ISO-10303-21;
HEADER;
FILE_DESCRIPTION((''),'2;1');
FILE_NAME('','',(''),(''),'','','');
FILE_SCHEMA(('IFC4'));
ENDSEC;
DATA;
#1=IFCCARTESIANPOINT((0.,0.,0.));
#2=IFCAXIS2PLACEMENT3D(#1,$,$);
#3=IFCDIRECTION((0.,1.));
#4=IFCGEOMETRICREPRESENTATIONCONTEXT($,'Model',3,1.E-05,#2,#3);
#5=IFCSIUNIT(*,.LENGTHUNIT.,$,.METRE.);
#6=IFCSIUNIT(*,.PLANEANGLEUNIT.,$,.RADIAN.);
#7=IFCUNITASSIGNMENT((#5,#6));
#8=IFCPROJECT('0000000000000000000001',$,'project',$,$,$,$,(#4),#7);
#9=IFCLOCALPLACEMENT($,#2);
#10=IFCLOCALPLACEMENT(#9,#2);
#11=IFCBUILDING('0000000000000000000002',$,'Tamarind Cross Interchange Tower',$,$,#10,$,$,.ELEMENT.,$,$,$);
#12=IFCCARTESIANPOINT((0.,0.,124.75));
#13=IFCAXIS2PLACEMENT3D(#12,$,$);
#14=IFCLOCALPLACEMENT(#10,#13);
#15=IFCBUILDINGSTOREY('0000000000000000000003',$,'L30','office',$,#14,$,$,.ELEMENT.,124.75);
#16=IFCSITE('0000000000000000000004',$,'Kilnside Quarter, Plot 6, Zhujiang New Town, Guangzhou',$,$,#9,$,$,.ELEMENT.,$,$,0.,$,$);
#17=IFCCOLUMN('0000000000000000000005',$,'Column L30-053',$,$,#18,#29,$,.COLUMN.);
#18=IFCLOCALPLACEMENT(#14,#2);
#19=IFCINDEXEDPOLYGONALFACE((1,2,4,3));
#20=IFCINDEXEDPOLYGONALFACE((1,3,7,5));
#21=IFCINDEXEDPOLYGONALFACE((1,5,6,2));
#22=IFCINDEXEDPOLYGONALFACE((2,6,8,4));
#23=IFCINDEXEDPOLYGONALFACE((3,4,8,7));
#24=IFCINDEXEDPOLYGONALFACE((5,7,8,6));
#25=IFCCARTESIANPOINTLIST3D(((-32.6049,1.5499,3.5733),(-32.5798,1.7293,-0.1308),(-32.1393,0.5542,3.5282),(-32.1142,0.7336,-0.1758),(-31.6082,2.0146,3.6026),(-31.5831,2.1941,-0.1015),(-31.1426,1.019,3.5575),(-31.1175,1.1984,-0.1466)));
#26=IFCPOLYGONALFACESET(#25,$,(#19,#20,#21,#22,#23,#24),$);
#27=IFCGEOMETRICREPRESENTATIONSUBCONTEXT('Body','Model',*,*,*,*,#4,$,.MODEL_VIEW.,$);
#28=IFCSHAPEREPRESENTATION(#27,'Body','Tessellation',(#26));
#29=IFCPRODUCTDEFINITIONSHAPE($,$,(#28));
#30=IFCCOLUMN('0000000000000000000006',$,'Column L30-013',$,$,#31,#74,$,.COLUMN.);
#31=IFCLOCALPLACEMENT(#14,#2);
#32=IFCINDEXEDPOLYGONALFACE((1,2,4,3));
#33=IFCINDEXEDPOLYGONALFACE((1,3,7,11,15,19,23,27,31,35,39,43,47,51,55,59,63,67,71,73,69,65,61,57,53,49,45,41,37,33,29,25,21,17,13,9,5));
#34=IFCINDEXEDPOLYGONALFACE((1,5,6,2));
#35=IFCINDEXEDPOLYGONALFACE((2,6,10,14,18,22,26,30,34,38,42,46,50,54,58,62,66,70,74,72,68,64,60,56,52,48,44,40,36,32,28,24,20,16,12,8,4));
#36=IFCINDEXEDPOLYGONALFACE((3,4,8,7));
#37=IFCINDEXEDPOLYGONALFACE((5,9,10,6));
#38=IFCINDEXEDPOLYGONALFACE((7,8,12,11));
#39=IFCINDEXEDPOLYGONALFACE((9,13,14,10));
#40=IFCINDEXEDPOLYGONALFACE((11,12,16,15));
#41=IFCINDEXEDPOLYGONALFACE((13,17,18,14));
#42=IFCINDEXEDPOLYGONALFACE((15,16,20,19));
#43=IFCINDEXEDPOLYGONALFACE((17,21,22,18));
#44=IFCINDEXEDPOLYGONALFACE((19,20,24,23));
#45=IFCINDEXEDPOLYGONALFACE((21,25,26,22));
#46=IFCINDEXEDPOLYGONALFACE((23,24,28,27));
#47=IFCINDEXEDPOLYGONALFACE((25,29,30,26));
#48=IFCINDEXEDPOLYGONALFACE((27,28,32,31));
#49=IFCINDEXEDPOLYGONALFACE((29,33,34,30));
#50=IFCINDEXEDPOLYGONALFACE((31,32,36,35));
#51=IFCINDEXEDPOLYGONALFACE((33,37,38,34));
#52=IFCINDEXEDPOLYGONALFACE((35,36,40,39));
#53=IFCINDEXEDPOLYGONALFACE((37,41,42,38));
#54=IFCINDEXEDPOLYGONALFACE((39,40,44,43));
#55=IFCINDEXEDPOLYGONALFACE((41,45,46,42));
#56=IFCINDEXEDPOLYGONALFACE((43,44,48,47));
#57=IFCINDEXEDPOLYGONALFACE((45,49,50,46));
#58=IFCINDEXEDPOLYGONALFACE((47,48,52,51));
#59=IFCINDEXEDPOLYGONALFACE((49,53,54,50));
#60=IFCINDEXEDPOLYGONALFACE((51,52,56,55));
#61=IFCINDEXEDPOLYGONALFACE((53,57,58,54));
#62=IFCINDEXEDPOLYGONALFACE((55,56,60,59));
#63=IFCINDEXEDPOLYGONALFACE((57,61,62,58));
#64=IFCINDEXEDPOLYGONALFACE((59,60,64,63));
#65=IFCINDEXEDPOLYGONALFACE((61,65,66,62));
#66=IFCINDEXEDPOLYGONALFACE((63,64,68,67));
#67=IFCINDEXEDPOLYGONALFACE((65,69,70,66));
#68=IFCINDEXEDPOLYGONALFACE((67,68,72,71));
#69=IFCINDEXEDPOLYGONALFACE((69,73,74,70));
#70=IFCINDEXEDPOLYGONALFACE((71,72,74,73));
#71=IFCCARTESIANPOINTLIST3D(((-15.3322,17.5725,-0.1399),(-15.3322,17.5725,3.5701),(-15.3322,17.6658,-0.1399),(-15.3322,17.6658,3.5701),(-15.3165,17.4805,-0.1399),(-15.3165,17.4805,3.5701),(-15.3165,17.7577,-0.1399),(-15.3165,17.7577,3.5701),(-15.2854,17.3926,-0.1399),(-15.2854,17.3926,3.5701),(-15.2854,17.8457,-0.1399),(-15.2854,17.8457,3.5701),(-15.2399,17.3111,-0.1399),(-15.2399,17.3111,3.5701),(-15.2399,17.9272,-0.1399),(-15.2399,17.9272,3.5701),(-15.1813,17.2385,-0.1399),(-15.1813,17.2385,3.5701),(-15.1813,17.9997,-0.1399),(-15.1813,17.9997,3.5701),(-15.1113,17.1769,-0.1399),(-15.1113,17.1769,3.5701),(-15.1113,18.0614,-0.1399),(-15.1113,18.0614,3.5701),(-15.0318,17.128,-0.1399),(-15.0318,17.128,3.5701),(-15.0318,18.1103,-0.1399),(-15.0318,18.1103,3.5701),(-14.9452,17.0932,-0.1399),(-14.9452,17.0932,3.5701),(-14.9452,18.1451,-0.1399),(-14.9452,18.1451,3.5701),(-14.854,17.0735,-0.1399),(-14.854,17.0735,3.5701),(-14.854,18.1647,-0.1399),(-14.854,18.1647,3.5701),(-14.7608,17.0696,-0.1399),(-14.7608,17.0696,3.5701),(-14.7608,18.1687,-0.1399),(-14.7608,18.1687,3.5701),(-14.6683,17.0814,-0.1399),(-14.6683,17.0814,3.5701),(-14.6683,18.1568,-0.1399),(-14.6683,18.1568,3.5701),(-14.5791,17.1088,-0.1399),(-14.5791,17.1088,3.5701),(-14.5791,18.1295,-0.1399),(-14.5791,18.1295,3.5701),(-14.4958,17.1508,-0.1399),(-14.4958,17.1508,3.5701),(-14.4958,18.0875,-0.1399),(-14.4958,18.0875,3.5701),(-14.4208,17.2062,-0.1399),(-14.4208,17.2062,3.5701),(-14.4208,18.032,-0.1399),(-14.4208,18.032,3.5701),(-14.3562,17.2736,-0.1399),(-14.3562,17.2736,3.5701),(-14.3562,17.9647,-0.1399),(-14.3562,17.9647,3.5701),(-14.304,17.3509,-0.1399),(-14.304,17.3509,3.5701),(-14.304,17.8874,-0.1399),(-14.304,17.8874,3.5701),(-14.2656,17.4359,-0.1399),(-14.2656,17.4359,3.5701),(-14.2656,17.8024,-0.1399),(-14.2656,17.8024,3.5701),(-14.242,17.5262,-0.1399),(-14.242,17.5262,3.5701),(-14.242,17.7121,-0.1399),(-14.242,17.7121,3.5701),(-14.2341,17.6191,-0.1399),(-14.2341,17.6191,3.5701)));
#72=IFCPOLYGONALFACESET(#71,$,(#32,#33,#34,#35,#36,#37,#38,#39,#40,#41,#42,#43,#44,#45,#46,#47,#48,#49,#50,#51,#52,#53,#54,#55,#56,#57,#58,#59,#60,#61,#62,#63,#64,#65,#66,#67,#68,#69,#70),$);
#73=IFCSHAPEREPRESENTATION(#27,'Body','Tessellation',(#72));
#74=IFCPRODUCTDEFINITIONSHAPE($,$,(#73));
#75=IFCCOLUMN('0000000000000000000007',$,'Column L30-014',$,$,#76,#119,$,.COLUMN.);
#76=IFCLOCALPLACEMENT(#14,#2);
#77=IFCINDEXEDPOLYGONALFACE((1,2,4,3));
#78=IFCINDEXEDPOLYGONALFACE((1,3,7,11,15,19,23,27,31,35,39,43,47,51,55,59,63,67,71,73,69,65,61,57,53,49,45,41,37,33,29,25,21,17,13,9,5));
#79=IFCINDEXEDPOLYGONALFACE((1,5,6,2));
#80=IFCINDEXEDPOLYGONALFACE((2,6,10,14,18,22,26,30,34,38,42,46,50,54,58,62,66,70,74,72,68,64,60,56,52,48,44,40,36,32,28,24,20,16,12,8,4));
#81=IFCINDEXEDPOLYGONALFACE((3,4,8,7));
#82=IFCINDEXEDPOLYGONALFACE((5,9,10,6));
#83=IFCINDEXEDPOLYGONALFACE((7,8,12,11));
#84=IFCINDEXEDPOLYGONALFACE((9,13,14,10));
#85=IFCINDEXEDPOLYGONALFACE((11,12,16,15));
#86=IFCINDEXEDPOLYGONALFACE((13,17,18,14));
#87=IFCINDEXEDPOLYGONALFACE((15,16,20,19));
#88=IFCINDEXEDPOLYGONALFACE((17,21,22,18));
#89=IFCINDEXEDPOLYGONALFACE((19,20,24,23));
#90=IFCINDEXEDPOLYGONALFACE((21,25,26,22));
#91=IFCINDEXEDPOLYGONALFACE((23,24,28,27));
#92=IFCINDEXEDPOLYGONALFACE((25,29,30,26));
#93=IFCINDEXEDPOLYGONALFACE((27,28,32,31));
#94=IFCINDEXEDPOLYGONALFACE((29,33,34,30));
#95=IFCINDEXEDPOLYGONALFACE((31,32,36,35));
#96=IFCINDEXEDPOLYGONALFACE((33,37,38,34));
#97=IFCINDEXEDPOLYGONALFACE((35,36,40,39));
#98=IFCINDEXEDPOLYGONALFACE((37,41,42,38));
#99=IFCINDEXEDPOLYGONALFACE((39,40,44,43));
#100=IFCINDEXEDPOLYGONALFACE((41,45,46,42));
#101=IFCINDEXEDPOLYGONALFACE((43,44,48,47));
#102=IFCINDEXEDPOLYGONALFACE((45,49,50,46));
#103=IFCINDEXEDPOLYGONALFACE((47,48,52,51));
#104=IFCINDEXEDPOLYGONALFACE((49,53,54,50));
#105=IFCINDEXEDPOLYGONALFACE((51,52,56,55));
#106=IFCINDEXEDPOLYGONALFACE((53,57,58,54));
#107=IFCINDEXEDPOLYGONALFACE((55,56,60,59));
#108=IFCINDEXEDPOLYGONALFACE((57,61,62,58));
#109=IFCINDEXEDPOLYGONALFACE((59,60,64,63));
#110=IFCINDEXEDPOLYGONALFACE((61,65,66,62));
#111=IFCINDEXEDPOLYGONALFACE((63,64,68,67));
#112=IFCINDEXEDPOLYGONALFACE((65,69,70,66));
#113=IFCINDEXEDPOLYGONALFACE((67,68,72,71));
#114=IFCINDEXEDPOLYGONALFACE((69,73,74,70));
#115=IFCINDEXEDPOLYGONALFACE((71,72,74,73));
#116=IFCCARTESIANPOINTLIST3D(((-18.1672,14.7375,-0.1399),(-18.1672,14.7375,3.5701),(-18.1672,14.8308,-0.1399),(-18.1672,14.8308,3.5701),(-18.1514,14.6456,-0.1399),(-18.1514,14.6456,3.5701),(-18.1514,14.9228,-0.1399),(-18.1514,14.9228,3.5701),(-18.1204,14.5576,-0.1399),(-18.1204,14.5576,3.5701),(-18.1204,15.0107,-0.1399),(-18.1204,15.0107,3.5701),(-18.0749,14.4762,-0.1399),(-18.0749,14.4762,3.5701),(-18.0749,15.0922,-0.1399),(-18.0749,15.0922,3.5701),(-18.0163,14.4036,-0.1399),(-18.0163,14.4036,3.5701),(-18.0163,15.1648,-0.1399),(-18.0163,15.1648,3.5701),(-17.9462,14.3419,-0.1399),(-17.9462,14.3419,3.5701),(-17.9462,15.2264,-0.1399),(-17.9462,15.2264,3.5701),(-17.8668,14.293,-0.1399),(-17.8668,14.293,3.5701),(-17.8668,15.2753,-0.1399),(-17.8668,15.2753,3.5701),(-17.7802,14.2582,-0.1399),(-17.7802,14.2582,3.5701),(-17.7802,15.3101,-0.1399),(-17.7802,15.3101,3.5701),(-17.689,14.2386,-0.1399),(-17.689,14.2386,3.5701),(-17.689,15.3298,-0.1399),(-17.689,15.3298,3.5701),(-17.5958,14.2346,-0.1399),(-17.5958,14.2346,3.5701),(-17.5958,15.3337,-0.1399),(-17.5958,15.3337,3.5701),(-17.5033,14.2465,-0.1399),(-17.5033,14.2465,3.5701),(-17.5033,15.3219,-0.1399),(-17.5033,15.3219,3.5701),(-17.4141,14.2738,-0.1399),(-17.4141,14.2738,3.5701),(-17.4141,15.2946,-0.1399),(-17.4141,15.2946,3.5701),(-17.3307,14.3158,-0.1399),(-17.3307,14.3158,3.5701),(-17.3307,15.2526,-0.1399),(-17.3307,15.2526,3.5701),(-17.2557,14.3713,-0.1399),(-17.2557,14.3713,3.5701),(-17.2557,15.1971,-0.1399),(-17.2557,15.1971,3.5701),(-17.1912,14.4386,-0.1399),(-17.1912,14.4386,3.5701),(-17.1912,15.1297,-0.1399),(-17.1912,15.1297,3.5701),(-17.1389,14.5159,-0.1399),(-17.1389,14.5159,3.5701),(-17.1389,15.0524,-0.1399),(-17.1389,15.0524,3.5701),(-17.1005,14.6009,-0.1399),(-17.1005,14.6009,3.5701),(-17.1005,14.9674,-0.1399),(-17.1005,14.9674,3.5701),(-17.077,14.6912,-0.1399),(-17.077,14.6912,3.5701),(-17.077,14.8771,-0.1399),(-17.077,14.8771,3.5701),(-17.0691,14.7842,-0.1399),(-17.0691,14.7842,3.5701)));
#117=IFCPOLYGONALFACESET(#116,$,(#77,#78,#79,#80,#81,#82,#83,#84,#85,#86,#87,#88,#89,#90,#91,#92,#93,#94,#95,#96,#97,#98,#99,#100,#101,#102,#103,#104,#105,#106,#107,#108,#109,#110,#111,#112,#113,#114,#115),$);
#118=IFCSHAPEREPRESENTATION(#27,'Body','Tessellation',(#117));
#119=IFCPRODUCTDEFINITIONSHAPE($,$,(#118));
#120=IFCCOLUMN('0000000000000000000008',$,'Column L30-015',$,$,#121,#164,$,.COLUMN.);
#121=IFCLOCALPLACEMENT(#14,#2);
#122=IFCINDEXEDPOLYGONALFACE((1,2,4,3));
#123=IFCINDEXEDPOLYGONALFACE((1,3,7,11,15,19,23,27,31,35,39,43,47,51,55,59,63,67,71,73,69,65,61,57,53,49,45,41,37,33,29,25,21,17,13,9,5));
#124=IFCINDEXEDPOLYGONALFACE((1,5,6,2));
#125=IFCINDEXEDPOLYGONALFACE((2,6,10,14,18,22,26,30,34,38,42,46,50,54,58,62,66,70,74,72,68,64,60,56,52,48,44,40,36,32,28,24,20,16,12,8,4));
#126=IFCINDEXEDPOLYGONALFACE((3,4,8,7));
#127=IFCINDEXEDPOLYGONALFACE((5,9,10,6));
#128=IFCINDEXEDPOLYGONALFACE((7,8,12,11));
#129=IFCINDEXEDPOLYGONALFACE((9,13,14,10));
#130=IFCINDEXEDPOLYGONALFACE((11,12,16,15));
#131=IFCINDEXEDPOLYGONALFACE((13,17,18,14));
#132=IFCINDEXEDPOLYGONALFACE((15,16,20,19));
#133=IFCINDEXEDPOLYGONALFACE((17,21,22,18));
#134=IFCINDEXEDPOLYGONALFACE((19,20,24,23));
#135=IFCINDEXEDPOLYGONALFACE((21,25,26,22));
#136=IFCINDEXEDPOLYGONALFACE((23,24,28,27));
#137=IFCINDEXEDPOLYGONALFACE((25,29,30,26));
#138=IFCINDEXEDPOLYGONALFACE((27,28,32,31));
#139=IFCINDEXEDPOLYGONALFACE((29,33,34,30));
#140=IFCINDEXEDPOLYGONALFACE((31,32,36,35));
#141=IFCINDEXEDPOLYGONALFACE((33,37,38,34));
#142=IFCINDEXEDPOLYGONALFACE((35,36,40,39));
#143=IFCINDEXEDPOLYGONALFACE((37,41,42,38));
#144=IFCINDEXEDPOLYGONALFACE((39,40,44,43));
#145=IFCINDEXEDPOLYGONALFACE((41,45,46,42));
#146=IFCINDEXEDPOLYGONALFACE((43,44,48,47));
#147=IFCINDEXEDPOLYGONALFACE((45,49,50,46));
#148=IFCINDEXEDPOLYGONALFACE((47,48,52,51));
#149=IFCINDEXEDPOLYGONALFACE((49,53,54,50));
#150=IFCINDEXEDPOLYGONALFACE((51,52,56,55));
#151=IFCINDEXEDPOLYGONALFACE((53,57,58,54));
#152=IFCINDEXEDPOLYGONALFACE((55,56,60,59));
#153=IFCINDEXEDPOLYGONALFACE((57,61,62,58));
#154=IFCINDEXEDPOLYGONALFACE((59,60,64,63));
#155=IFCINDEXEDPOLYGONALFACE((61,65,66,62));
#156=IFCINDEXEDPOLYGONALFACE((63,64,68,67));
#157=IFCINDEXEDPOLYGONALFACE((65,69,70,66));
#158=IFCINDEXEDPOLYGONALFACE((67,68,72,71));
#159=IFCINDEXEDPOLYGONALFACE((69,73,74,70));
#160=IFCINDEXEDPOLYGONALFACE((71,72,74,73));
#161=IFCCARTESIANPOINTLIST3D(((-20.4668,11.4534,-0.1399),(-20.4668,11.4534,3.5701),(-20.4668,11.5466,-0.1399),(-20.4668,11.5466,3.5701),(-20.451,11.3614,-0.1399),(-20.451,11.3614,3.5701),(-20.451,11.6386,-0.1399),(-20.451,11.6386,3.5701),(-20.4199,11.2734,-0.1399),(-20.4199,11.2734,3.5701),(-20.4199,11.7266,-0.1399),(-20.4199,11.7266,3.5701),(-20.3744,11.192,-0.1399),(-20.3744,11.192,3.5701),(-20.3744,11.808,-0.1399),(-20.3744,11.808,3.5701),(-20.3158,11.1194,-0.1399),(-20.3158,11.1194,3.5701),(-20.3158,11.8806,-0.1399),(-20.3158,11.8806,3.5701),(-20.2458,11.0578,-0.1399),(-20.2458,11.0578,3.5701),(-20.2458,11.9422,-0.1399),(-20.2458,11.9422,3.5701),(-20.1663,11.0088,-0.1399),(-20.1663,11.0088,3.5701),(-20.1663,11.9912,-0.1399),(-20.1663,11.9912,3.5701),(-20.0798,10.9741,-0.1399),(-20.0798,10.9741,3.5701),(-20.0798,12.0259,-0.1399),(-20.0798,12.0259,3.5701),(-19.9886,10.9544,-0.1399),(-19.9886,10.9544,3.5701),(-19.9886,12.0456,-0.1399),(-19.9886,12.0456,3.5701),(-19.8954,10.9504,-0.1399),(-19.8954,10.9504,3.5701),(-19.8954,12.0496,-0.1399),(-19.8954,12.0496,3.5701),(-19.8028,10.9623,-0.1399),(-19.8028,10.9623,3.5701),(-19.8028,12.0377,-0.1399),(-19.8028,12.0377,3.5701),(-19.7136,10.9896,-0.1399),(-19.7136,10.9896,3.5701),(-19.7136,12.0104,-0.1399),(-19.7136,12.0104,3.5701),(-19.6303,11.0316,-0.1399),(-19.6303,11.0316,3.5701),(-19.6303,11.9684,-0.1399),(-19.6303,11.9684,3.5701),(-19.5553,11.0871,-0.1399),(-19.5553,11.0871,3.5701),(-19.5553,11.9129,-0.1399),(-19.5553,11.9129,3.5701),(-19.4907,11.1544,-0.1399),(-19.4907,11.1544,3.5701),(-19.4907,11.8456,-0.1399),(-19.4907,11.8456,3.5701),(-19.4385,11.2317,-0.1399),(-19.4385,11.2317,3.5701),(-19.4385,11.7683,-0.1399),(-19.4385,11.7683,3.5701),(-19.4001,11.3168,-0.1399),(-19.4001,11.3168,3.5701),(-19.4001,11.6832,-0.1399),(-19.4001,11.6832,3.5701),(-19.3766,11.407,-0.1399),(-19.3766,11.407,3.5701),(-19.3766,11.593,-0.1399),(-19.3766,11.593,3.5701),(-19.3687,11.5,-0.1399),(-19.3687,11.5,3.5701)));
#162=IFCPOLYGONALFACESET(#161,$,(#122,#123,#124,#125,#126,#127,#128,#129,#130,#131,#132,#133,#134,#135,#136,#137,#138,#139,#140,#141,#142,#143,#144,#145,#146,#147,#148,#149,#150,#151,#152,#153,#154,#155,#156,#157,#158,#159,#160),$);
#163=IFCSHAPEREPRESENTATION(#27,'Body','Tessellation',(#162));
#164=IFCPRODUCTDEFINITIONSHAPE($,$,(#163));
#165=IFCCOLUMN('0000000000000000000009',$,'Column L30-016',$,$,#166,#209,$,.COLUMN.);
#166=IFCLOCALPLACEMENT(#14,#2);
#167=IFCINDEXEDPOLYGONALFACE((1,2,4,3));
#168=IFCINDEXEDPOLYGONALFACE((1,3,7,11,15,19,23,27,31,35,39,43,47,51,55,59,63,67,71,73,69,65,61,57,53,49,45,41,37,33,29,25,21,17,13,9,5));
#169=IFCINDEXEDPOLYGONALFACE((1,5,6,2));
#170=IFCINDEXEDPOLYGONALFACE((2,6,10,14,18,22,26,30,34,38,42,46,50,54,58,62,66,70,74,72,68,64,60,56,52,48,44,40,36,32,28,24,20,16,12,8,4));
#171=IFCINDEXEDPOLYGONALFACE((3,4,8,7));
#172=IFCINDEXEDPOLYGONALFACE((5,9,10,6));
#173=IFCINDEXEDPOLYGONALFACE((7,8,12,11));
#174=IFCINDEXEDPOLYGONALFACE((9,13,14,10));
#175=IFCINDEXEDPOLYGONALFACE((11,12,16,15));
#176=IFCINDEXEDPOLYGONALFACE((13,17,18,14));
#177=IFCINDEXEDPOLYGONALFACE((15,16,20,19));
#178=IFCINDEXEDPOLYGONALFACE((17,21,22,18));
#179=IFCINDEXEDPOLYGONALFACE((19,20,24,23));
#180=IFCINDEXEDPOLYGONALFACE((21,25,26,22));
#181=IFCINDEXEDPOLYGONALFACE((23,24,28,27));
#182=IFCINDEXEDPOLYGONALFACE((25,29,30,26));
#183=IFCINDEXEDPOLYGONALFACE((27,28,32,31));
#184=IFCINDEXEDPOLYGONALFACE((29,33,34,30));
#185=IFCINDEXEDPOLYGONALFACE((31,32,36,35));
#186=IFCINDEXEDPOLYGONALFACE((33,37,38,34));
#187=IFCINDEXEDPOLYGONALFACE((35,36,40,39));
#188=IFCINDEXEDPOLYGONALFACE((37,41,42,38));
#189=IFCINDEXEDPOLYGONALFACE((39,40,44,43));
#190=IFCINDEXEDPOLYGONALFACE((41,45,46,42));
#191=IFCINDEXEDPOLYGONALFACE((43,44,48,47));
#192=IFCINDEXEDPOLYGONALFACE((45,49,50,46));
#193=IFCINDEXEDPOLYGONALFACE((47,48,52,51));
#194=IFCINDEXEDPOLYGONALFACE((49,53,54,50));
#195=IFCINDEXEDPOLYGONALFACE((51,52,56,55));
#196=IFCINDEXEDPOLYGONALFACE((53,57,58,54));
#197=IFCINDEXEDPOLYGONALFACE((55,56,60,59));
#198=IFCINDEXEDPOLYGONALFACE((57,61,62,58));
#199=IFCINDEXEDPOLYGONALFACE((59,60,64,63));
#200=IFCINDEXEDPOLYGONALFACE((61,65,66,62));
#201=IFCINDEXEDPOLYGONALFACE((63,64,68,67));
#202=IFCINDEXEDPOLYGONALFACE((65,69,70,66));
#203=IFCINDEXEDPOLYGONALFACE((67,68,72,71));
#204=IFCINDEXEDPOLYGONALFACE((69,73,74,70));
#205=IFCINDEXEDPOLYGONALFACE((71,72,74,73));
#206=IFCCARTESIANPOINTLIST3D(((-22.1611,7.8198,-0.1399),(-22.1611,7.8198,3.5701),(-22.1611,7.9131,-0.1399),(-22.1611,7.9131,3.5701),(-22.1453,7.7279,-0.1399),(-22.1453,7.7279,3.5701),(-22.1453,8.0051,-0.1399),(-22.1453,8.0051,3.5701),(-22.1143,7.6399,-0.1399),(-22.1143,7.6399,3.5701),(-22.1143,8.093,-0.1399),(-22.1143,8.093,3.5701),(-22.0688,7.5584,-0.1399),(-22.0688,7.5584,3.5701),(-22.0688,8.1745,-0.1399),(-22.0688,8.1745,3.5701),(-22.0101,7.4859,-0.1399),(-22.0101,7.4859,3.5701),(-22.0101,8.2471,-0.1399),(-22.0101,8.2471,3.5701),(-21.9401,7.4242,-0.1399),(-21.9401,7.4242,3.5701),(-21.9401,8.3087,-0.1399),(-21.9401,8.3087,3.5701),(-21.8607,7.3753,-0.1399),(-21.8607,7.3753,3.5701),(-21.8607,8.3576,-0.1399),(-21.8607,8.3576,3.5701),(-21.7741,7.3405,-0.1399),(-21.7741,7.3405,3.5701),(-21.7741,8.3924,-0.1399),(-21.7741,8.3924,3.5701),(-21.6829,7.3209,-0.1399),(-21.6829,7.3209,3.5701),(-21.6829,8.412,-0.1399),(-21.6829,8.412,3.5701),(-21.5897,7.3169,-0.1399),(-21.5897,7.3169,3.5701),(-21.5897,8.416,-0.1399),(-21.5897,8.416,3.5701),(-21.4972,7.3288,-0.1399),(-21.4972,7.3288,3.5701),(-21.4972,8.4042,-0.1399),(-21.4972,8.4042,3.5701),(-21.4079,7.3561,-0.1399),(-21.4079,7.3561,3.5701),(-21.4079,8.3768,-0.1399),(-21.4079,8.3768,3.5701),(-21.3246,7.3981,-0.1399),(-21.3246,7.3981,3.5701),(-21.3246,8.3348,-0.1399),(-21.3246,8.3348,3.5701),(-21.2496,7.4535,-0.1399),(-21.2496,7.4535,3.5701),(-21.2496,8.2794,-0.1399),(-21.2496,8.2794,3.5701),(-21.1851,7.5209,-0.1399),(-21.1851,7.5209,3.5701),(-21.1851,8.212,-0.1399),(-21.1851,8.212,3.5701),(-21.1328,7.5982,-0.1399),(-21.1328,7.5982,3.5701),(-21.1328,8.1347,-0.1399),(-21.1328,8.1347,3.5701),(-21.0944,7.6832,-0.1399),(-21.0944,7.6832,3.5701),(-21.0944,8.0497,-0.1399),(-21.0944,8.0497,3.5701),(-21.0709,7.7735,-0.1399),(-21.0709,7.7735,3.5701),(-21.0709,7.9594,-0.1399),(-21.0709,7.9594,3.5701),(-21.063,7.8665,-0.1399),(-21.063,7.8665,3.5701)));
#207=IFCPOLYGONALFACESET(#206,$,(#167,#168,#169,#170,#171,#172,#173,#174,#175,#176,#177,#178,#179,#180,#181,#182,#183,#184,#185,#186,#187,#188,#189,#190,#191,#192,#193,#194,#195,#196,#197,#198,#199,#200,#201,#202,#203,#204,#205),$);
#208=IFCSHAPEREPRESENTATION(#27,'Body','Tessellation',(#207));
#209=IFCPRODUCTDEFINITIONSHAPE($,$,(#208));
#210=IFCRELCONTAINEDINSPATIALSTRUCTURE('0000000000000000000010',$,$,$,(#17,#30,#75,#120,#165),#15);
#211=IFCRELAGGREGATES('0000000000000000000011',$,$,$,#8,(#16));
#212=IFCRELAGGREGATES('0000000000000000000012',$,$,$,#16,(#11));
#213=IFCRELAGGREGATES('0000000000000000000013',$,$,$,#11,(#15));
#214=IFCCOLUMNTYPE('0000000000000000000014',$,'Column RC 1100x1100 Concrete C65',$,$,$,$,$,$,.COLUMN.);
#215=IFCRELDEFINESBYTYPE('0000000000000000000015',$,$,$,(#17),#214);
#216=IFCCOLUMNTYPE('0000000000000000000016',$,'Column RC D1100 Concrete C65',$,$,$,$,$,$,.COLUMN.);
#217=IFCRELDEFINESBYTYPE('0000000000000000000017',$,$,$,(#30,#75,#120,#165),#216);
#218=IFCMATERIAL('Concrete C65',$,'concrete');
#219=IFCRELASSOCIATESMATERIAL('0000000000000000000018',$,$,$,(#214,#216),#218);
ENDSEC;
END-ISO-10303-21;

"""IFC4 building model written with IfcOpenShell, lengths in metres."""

from ifc_helpers import new_model, si_unit, direction, frame, origin, origin_2d, place, context, subcontext, project, spatial, rectangle, circle, extrude, material, material_profile, profile_set, type_object, element, save


model = new_model("IFC4")

# Units and contexts
model_context = context("Model", 3, precision=1e-05, world=origin(), true_north=direction((0.0, 1.0)))
body_context = subcontext(model_context, "Body", "Model", "MODEL_VIEW")
ifc_project = project(units=[si_unit("LENGTHUNIT", "METRE"), si_unit("PLANEANGLEUNIT", "RADIAN")], contexts=[model_context])

# Site, building, storey
site_placement = place(None, origin())
site = spatial("IfcSite", under=ifc_project, at=site_placement, Name="Kilnside Quarter, Plot 6, Zhujiang New Town, Guangzhou", CompositionType="ELEMENT", RefElevation=0.0)
building_placement = place(site_placement, origin())
building = spatial("IfcBuilding", under=site, at=building_placement, Name="Tamarind Cross Interchange Tower", CompositionType="ELEMENT")
storey_placement = place(building_placement, frame((0.0, 0.0, 124.75)))
storey = spatial("IfcBuildingStorey", under=building, at=storey_placement, Name="L30", Description="office", CompositionType="ELEMENT", Elevation=124.75)

# Columns
ifc_material_1 = material(Name="Concrete C65", Category="concrete")
ifc_material_profile_1 = material_profile(ifc_material_1, rectangle(XDim=1.1001, YDim=1.1001, at=origin_2d()), Name="RC 1100x1100")
ifc_profile_set_1 = profile_set([ifc_material_profile_1], Name="Concrete C65")
column_type_1 = type_object("IfcColumnType", Name="Column RC 1100x1100 Concrete C65", PredefinedType="COLUMN", material=ifc_profile_set_1)
column_placement = place(storey_placement, frame((-31.8486, 1.4639, -0.1387), z_axis=(-0.006781, -0.048387, 0.998806), x_axis=(0.90599, 0.422461, 0.026617)))
element("IfcColumn", 1, at=column_placement, inside=storey, type_object=column_type_1, Name="Column L30-053", PredefinedType="COLUMN", context=body_context, shape_type="SweptSolid", body=[
    extrude(rectangle(XDim=1.1001, YDim=1.1001, at=origin_2d()), origin(), (0.0, 0.0, 1.0), 3.7085),
])
ifc_material_profile_2 = material_profile(ifc_material_1, circle(Radius=0.55, at=origin_2d()), Name="RC D1100")
ifc_profile_set_2 = profile_set([ifc_material_profile_2], Name="Concrete C65")
column_type_2 = type_object("IfcColumnType", Name="Column RC D1100 Concrete C65", PredefinedType="COLUMN", material=ifc_profile_set_2)
for number, where, z_axis, x_axis, name in (
    (2, (-14.7842, 17.6191, -0.1399), (0.0, 0.0, 1.0), (1.0, 0.0, 0.0), "Column L30-013"),
    (3, (-17.6191, 14.7842, -0.1399), (0.0, 0.0, 1.0), (1.0, 0.0, 0.0), "Column L30-014"),
    (4, (-19.9187, 11.5, -0.1399), (0.0, 0.0, 1.0), (1.0, 0.0, 0.0), "Column L30-015"),
    (5, (-21.613, 7.8665, -0.1399), (0.0, 0.0, 1.0), (1.0, 0.0, 0.0), "Column L30-016"),
):
    element("IfcColumn", number, at=place(storey_placement, frame(where, z_axis=z_axis, x_axis=x_axis)), inside=storey, type_object=column_type_2, Name=name, PredefinedType="COLUMN", context=body_context, shape_type="SweptSolid", body=[
        extrude(circle(Radius=0.55, at=origin_2d()), origin(), (0.0, 0.0, 1.0), 3.71),
    ])

save(model, "model.ifc")
